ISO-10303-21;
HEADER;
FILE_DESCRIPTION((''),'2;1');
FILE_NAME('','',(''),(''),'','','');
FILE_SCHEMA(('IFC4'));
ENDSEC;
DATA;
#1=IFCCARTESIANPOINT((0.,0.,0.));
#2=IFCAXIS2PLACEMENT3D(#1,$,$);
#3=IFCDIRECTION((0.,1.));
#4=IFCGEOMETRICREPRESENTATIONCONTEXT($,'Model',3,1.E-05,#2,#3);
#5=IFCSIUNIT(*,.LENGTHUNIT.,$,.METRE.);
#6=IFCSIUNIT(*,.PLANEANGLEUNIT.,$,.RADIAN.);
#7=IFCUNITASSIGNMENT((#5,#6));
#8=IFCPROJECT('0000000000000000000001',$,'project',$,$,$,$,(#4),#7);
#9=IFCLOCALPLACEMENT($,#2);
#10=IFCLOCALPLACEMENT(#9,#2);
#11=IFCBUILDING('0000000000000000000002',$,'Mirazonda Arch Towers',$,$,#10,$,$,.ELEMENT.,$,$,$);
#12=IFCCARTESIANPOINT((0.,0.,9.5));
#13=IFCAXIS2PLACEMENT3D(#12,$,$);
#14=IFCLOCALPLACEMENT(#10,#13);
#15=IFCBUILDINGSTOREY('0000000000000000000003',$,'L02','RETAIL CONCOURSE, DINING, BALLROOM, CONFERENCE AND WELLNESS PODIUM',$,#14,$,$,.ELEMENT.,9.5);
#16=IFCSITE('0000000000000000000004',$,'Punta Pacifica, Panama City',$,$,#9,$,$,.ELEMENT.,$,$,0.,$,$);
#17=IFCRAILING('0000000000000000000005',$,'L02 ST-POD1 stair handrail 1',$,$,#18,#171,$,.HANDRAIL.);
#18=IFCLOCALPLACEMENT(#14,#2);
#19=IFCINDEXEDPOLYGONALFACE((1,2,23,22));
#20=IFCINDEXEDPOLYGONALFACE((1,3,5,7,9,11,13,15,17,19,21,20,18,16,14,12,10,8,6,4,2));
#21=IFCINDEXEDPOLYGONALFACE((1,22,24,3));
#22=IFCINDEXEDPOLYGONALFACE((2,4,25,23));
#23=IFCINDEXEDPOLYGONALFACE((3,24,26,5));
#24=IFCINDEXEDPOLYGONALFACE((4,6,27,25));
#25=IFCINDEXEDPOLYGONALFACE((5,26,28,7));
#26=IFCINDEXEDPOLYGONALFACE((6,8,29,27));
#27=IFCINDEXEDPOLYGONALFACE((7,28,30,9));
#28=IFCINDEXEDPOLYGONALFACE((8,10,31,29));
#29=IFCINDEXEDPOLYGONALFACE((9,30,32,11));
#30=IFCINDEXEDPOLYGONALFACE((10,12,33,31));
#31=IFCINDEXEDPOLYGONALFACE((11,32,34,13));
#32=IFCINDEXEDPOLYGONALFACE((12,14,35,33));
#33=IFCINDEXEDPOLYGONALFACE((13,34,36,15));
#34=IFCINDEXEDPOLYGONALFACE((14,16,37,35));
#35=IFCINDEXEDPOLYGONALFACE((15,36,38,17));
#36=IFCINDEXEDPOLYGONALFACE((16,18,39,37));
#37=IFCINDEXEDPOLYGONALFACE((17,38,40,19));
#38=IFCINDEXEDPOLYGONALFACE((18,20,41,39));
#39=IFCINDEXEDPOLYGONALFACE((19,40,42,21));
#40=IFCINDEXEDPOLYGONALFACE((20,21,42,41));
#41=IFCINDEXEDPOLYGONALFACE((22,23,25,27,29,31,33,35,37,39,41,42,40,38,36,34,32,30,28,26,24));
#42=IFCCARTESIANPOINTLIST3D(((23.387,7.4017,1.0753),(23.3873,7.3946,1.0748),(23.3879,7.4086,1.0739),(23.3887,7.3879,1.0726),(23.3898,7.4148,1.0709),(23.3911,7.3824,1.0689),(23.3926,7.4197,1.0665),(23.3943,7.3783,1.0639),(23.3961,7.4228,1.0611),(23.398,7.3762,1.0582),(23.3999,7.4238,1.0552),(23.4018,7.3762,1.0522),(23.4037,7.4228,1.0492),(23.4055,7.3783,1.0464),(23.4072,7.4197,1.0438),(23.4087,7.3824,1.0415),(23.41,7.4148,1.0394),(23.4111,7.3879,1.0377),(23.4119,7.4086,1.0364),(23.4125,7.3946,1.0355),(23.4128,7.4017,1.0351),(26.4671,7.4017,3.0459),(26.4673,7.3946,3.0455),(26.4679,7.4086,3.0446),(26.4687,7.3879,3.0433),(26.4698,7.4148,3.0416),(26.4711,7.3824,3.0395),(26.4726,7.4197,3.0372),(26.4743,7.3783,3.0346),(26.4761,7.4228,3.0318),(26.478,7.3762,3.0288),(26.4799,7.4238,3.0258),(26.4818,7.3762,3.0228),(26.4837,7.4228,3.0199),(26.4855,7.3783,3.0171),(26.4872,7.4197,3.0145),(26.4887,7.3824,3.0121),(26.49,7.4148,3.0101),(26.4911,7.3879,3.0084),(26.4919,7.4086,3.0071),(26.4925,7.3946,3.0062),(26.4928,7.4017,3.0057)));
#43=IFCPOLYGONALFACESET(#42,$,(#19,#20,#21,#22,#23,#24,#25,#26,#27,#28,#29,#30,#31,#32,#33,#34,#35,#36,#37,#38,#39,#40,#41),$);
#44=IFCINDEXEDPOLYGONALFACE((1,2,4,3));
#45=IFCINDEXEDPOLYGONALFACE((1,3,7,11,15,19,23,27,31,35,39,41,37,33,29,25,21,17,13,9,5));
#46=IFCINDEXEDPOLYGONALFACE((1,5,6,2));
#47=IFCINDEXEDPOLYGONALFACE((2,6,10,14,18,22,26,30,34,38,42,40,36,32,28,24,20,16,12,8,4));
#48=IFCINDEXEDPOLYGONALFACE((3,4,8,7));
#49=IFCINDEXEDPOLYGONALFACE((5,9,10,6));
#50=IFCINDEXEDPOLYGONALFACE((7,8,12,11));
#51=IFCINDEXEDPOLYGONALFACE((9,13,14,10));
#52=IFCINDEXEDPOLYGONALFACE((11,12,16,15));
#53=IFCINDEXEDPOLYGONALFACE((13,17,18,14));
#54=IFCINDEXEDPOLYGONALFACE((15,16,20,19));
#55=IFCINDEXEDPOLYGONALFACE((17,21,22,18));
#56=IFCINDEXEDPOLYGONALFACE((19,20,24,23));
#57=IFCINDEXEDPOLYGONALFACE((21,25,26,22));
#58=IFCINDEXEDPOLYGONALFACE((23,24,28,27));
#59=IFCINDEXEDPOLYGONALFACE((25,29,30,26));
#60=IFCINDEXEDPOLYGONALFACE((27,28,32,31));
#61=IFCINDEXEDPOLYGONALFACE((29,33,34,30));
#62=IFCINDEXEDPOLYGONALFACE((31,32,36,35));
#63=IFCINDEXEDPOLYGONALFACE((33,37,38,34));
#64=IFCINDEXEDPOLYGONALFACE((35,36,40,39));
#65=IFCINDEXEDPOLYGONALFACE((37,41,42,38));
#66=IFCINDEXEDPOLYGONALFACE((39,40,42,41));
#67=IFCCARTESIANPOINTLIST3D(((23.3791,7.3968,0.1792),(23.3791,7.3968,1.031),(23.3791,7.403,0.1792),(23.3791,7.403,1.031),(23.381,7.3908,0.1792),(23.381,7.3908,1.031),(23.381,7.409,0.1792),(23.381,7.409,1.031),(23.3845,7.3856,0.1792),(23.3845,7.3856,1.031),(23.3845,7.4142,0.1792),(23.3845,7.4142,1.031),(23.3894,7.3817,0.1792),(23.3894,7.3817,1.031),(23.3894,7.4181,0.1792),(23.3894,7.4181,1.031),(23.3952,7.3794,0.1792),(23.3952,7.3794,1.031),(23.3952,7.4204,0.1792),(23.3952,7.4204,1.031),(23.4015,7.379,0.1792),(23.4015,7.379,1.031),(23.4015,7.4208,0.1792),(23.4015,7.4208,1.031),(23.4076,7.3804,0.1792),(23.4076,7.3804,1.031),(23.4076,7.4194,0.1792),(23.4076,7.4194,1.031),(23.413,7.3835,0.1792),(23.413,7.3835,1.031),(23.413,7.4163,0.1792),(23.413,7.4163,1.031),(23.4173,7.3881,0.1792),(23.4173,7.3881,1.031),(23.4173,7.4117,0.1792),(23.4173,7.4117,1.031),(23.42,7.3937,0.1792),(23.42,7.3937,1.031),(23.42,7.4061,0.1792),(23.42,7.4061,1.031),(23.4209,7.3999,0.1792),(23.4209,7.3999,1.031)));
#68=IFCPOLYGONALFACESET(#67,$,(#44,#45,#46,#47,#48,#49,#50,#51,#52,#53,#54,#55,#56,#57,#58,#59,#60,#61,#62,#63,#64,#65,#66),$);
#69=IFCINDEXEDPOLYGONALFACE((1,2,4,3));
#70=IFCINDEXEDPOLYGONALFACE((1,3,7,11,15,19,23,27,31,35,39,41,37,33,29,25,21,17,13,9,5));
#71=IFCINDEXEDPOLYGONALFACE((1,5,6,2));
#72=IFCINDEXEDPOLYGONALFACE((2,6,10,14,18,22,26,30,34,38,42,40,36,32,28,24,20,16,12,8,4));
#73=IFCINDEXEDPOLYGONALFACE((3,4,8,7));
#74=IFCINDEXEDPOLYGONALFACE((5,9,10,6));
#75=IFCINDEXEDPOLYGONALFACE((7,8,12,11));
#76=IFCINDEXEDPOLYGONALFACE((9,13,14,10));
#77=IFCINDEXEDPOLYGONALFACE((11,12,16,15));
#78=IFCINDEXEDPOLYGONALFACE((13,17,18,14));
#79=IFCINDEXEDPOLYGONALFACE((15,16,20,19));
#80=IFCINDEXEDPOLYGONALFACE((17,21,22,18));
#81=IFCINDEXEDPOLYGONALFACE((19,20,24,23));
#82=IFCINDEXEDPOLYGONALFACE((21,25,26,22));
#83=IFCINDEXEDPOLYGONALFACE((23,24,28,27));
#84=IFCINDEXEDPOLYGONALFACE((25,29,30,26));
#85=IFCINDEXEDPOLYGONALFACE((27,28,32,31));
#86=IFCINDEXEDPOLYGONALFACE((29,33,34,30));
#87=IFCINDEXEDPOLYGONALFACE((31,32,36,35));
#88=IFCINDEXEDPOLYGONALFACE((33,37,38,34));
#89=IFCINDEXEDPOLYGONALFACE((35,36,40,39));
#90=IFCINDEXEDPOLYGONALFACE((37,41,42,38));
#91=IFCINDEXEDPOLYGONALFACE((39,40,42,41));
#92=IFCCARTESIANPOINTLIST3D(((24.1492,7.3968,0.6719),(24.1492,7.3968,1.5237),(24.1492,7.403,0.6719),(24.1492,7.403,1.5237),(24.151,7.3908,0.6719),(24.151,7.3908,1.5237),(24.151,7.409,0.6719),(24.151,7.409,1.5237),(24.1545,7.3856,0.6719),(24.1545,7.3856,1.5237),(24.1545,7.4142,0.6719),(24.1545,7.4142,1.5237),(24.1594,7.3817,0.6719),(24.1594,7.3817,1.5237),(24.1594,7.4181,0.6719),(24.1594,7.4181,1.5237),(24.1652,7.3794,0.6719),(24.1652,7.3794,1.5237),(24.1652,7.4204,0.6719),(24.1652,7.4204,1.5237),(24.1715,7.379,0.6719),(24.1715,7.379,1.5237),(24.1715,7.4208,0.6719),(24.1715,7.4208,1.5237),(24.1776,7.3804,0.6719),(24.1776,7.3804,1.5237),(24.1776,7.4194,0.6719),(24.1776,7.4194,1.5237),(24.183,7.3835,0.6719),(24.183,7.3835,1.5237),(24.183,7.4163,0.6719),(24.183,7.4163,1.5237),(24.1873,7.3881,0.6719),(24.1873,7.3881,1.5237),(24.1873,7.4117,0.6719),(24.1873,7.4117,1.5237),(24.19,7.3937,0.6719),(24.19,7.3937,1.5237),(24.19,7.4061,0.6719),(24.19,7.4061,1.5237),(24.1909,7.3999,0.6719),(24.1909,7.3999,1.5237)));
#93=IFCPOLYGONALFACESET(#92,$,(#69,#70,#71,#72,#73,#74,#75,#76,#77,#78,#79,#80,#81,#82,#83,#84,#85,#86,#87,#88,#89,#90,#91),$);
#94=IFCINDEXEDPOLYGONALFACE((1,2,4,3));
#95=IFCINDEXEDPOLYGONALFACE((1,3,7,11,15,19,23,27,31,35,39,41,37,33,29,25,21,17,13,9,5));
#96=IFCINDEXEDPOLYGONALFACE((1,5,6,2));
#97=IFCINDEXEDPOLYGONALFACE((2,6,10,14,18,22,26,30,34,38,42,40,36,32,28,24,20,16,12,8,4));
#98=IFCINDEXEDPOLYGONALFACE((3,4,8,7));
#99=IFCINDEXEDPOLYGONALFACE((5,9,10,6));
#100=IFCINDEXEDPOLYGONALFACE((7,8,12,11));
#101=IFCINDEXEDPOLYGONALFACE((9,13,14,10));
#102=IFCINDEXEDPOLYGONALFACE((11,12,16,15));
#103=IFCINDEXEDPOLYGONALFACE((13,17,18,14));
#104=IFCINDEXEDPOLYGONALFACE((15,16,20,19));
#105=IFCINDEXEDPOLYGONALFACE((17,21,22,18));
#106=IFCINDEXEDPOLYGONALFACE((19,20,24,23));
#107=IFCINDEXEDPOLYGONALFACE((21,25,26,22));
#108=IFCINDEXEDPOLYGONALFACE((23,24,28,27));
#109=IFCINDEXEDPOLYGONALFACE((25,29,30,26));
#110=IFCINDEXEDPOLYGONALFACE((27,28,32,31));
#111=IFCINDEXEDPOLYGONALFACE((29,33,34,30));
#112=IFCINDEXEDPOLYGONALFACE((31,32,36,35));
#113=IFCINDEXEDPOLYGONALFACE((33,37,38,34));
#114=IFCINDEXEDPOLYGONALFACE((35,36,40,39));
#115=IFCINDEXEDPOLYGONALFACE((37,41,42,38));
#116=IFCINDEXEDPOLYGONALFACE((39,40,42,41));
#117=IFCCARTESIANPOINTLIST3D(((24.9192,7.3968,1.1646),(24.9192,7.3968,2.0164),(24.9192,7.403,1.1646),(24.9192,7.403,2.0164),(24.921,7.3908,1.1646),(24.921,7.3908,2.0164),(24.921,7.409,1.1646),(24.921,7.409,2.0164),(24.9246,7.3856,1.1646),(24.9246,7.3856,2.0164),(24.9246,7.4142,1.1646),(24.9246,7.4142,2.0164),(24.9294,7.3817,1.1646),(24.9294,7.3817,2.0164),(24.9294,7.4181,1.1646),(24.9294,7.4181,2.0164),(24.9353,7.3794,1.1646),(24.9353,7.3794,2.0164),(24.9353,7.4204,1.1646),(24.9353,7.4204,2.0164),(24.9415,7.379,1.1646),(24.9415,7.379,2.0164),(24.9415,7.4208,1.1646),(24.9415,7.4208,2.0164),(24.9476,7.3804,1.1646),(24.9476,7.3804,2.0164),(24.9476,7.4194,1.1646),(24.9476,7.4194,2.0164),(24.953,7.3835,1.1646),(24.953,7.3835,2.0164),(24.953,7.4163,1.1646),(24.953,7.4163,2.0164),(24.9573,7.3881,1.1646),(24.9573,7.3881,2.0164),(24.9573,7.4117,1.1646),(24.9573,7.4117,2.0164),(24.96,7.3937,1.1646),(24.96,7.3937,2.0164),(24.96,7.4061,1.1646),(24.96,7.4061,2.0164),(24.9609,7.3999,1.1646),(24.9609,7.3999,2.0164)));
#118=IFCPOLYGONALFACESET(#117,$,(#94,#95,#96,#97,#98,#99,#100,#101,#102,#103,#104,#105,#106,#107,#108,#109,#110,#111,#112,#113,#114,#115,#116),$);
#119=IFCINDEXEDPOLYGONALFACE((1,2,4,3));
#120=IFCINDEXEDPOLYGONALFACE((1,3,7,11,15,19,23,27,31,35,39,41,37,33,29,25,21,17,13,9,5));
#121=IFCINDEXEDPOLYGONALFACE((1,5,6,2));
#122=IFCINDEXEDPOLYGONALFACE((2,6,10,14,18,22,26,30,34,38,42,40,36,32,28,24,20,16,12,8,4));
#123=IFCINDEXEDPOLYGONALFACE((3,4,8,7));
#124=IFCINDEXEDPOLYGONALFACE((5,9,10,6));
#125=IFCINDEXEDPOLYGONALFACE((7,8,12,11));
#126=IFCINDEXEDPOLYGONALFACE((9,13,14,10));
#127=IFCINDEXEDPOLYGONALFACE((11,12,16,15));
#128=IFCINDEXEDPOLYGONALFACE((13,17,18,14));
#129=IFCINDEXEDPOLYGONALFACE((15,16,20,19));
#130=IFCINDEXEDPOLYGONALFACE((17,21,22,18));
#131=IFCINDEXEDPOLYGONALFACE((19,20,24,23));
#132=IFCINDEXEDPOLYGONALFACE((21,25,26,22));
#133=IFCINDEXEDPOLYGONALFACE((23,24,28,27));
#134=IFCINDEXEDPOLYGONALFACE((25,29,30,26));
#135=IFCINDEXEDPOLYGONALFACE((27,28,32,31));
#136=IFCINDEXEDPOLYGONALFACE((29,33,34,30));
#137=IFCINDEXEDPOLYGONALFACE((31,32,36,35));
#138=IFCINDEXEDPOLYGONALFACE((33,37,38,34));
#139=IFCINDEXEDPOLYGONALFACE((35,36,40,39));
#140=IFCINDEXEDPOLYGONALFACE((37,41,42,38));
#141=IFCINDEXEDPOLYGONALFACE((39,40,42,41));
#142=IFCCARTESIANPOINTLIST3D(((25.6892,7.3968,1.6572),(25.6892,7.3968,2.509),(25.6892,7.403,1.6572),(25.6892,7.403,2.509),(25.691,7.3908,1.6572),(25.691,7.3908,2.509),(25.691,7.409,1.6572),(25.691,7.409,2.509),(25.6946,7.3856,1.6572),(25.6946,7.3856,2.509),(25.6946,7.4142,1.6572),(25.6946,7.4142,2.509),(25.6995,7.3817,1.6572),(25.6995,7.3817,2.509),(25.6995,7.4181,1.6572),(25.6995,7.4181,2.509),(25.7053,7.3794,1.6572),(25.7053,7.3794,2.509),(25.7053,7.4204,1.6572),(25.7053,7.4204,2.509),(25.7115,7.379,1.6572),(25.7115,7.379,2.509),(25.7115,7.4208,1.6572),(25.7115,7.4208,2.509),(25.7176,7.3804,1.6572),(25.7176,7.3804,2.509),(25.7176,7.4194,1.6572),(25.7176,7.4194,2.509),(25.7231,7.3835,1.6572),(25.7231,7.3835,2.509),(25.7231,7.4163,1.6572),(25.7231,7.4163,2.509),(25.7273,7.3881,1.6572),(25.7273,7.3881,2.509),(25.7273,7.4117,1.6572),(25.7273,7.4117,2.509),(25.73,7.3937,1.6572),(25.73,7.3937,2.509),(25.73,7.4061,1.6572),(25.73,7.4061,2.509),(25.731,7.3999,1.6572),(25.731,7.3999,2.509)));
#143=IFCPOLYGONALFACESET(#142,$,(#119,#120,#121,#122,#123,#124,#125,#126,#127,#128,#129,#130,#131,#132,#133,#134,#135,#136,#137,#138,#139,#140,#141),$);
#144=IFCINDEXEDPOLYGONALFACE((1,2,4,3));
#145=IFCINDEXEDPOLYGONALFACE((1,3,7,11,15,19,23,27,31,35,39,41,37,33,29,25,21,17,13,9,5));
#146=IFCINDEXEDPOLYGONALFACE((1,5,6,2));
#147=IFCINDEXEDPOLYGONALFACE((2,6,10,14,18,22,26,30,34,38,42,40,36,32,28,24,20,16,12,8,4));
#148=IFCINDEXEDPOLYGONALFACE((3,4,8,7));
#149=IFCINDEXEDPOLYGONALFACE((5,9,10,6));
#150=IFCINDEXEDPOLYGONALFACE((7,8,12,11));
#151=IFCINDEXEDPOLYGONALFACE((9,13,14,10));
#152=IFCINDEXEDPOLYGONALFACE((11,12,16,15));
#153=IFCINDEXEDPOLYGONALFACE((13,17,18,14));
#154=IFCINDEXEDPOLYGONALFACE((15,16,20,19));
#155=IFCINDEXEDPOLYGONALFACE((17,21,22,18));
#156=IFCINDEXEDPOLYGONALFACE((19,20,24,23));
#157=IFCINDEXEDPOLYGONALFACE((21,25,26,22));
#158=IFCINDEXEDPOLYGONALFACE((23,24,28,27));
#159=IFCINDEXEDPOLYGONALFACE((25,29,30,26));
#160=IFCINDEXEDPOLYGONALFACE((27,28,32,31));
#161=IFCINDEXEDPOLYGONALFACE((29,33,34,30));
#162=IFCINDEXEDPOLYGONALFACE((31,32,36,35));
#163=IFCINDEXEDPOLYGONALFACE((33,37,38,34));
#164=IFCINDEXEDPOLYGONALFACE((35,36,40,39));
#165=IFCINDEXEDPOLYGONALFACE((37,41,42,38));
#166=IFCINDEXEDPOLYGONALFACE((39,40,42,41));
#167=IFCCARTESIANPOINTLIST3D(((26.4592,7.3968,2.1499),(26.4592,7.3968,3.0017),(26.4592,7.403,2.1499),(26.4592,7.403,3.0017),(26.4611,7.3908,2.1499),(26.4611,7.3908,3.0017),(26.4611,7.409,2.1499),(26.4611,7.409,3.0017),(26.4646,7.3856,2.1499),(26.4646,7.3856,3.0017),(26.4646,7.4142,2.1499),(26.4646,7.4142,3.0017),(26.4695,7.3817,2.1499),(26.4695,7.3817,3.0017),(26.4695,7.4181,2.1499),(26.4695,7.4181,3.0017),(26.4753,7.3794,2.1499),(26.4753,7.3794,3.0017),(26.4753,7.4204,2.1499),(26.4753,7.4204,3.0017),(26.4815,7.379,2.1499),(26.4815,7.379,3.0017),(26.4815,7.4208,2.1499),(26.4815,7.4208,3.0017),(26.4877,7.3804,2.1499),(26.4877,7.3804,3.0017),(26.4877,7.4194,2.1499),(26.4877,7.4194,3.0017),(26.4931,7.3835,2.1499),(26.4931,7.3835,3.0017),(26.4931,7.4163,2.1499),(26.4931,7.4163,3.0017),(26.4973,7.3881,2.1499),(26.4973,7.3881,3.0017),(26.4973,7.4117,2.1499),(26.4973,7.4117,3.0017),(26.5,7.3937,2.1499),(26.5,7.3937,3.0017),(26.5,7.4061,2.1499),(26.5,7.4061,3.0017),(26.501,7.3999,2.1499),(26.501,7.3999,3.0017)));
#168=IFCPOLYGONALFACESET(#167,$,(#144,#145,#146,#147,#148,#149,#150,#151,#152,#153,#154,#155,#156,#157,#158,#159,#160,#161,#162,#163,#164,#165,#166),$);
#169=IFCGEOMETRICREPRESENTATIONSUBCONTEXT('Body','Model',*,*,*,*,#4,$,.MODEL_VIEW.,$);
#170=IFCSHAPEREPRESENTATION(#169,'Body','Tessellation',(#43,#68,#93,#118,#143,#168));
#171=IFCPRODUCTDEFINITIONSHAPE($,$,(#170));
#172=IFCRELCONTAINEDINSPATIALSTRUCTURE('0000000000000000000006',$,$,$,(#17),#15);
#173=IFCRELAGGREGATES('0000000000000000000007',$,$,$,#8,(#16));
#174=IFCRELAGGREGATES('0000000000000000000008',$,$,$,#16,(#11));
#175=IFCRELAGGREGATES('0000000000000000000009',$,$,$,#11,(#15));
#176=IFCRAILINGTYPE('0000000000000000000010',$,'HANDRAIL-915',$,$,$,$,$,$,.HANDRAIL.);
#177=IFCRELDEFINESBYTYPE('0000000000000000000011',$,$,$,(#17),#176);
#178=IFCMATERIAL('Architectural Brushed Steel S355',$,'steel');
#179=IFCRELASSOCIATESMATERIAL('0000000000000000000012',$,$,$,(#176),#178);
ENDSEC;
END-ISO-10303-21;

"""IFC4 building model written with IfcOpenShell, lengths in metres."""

from ifc_helpers import new_model, si_unit, direction, frame, origin, origin_2d, place, context, subcontext, project, spatial, circle, extrude, material, type_object, element, save


model = new_model("IFC4")

# Units and contexts
model_context = context("Model", 3, precision=1e-05, world=origin(), true_north=direction((0.0, 1.0)))
body_context = subcontext(model_context, "Body", "Model", "MODEL_VIEW")
ifc_project = project(units=[si_unit("LENGTHUNIT", "METRE"), si_unit("PLANEANGLEUNIT", "RADIAN")], contexts=[model_context])

# Site, building, storey
site_placement = place(None, origin())
site = spatial("IfcSite", under=ifc_project, at=site_placement, Name="Punta Pacifica, Panama City", CompositionType="ELEMENT", RefElevation=0.0)
building_placement = place(site_placement, origin())
building = spatial("IfcBuilding", under=site, at=building_placement, Name="Mirazonda Arch Towers", CompositionType="ELEMENT")
storey_placement = place(building_placement, frame((0.0, 0.0, 9.5)))
storey = spatial("IfcBuildingStorey", under=building, at=storey_placement, Name="L02", Description="RETAIL CONCOURSE, DINING, BALLROOM, CONFERENCE AND WELLNESS PODIUM", CompositionType="ELEMENT", Elevation=9.5)

# Railing
ifc_material_1 = material(Name="Architectural Brushed Steel S355", Category="steel")
railing_type_1 = type_object("IfcRailingType", Name="HANDRAIL-915", PredefinedType="HANDRAIL", material=ifc_material_1)
railing_1_placement = place(storey_placement, frame((23.3999, 7.3999, 0.1792)))
element("IfcRailing", 1, at=railing_1_placement, inside=storey, type_object=railing_type_1, Name="L02 ST-POD1 stair handrail 1", PredefinedType="HANDRAIL", context=body_context, shape_type="SweptSolid", body=[
    extrude(circle(Radius=0.0239, at=origin_2d()), frame((0.0, 0.0, 0.876), z_axis=(0.842339, 0.0, 0.538948), x_axis=(0.0, 1.0, 0.0)), (0.0, 0.0, 1.0), 3.6565),
    extrude(circle(Radius=0.021, at=origin_2d()), origin(), (0.0, 0.0, 1.0), 0.8518),
    extrude(circle(Radius=0.021, at=origin_2d()), frame((0.77, 0.0, 0.4927)), (0.0, 0.0, 1.0), 0.8518),
    extrude(circle(Radius=0.021, at=origin_2d()), frame((1.54, 0.0, 0.9854)), (0.0, 0.0, 1.0), 0.8518),
    extrude(circle(Radius=0.021, at=origin_2d()), frame((2.3101, 0.0, 1.478)), (0.0, 0.0, 1.0), 0.8518),
    extrude(circle(Radius=0.021, at=origin_2d()), frame((3.0801, 0.0, 1.9707)), (0.0, 0.0, 1.0), 0.8518),
])

save(model, "model.ifc")
